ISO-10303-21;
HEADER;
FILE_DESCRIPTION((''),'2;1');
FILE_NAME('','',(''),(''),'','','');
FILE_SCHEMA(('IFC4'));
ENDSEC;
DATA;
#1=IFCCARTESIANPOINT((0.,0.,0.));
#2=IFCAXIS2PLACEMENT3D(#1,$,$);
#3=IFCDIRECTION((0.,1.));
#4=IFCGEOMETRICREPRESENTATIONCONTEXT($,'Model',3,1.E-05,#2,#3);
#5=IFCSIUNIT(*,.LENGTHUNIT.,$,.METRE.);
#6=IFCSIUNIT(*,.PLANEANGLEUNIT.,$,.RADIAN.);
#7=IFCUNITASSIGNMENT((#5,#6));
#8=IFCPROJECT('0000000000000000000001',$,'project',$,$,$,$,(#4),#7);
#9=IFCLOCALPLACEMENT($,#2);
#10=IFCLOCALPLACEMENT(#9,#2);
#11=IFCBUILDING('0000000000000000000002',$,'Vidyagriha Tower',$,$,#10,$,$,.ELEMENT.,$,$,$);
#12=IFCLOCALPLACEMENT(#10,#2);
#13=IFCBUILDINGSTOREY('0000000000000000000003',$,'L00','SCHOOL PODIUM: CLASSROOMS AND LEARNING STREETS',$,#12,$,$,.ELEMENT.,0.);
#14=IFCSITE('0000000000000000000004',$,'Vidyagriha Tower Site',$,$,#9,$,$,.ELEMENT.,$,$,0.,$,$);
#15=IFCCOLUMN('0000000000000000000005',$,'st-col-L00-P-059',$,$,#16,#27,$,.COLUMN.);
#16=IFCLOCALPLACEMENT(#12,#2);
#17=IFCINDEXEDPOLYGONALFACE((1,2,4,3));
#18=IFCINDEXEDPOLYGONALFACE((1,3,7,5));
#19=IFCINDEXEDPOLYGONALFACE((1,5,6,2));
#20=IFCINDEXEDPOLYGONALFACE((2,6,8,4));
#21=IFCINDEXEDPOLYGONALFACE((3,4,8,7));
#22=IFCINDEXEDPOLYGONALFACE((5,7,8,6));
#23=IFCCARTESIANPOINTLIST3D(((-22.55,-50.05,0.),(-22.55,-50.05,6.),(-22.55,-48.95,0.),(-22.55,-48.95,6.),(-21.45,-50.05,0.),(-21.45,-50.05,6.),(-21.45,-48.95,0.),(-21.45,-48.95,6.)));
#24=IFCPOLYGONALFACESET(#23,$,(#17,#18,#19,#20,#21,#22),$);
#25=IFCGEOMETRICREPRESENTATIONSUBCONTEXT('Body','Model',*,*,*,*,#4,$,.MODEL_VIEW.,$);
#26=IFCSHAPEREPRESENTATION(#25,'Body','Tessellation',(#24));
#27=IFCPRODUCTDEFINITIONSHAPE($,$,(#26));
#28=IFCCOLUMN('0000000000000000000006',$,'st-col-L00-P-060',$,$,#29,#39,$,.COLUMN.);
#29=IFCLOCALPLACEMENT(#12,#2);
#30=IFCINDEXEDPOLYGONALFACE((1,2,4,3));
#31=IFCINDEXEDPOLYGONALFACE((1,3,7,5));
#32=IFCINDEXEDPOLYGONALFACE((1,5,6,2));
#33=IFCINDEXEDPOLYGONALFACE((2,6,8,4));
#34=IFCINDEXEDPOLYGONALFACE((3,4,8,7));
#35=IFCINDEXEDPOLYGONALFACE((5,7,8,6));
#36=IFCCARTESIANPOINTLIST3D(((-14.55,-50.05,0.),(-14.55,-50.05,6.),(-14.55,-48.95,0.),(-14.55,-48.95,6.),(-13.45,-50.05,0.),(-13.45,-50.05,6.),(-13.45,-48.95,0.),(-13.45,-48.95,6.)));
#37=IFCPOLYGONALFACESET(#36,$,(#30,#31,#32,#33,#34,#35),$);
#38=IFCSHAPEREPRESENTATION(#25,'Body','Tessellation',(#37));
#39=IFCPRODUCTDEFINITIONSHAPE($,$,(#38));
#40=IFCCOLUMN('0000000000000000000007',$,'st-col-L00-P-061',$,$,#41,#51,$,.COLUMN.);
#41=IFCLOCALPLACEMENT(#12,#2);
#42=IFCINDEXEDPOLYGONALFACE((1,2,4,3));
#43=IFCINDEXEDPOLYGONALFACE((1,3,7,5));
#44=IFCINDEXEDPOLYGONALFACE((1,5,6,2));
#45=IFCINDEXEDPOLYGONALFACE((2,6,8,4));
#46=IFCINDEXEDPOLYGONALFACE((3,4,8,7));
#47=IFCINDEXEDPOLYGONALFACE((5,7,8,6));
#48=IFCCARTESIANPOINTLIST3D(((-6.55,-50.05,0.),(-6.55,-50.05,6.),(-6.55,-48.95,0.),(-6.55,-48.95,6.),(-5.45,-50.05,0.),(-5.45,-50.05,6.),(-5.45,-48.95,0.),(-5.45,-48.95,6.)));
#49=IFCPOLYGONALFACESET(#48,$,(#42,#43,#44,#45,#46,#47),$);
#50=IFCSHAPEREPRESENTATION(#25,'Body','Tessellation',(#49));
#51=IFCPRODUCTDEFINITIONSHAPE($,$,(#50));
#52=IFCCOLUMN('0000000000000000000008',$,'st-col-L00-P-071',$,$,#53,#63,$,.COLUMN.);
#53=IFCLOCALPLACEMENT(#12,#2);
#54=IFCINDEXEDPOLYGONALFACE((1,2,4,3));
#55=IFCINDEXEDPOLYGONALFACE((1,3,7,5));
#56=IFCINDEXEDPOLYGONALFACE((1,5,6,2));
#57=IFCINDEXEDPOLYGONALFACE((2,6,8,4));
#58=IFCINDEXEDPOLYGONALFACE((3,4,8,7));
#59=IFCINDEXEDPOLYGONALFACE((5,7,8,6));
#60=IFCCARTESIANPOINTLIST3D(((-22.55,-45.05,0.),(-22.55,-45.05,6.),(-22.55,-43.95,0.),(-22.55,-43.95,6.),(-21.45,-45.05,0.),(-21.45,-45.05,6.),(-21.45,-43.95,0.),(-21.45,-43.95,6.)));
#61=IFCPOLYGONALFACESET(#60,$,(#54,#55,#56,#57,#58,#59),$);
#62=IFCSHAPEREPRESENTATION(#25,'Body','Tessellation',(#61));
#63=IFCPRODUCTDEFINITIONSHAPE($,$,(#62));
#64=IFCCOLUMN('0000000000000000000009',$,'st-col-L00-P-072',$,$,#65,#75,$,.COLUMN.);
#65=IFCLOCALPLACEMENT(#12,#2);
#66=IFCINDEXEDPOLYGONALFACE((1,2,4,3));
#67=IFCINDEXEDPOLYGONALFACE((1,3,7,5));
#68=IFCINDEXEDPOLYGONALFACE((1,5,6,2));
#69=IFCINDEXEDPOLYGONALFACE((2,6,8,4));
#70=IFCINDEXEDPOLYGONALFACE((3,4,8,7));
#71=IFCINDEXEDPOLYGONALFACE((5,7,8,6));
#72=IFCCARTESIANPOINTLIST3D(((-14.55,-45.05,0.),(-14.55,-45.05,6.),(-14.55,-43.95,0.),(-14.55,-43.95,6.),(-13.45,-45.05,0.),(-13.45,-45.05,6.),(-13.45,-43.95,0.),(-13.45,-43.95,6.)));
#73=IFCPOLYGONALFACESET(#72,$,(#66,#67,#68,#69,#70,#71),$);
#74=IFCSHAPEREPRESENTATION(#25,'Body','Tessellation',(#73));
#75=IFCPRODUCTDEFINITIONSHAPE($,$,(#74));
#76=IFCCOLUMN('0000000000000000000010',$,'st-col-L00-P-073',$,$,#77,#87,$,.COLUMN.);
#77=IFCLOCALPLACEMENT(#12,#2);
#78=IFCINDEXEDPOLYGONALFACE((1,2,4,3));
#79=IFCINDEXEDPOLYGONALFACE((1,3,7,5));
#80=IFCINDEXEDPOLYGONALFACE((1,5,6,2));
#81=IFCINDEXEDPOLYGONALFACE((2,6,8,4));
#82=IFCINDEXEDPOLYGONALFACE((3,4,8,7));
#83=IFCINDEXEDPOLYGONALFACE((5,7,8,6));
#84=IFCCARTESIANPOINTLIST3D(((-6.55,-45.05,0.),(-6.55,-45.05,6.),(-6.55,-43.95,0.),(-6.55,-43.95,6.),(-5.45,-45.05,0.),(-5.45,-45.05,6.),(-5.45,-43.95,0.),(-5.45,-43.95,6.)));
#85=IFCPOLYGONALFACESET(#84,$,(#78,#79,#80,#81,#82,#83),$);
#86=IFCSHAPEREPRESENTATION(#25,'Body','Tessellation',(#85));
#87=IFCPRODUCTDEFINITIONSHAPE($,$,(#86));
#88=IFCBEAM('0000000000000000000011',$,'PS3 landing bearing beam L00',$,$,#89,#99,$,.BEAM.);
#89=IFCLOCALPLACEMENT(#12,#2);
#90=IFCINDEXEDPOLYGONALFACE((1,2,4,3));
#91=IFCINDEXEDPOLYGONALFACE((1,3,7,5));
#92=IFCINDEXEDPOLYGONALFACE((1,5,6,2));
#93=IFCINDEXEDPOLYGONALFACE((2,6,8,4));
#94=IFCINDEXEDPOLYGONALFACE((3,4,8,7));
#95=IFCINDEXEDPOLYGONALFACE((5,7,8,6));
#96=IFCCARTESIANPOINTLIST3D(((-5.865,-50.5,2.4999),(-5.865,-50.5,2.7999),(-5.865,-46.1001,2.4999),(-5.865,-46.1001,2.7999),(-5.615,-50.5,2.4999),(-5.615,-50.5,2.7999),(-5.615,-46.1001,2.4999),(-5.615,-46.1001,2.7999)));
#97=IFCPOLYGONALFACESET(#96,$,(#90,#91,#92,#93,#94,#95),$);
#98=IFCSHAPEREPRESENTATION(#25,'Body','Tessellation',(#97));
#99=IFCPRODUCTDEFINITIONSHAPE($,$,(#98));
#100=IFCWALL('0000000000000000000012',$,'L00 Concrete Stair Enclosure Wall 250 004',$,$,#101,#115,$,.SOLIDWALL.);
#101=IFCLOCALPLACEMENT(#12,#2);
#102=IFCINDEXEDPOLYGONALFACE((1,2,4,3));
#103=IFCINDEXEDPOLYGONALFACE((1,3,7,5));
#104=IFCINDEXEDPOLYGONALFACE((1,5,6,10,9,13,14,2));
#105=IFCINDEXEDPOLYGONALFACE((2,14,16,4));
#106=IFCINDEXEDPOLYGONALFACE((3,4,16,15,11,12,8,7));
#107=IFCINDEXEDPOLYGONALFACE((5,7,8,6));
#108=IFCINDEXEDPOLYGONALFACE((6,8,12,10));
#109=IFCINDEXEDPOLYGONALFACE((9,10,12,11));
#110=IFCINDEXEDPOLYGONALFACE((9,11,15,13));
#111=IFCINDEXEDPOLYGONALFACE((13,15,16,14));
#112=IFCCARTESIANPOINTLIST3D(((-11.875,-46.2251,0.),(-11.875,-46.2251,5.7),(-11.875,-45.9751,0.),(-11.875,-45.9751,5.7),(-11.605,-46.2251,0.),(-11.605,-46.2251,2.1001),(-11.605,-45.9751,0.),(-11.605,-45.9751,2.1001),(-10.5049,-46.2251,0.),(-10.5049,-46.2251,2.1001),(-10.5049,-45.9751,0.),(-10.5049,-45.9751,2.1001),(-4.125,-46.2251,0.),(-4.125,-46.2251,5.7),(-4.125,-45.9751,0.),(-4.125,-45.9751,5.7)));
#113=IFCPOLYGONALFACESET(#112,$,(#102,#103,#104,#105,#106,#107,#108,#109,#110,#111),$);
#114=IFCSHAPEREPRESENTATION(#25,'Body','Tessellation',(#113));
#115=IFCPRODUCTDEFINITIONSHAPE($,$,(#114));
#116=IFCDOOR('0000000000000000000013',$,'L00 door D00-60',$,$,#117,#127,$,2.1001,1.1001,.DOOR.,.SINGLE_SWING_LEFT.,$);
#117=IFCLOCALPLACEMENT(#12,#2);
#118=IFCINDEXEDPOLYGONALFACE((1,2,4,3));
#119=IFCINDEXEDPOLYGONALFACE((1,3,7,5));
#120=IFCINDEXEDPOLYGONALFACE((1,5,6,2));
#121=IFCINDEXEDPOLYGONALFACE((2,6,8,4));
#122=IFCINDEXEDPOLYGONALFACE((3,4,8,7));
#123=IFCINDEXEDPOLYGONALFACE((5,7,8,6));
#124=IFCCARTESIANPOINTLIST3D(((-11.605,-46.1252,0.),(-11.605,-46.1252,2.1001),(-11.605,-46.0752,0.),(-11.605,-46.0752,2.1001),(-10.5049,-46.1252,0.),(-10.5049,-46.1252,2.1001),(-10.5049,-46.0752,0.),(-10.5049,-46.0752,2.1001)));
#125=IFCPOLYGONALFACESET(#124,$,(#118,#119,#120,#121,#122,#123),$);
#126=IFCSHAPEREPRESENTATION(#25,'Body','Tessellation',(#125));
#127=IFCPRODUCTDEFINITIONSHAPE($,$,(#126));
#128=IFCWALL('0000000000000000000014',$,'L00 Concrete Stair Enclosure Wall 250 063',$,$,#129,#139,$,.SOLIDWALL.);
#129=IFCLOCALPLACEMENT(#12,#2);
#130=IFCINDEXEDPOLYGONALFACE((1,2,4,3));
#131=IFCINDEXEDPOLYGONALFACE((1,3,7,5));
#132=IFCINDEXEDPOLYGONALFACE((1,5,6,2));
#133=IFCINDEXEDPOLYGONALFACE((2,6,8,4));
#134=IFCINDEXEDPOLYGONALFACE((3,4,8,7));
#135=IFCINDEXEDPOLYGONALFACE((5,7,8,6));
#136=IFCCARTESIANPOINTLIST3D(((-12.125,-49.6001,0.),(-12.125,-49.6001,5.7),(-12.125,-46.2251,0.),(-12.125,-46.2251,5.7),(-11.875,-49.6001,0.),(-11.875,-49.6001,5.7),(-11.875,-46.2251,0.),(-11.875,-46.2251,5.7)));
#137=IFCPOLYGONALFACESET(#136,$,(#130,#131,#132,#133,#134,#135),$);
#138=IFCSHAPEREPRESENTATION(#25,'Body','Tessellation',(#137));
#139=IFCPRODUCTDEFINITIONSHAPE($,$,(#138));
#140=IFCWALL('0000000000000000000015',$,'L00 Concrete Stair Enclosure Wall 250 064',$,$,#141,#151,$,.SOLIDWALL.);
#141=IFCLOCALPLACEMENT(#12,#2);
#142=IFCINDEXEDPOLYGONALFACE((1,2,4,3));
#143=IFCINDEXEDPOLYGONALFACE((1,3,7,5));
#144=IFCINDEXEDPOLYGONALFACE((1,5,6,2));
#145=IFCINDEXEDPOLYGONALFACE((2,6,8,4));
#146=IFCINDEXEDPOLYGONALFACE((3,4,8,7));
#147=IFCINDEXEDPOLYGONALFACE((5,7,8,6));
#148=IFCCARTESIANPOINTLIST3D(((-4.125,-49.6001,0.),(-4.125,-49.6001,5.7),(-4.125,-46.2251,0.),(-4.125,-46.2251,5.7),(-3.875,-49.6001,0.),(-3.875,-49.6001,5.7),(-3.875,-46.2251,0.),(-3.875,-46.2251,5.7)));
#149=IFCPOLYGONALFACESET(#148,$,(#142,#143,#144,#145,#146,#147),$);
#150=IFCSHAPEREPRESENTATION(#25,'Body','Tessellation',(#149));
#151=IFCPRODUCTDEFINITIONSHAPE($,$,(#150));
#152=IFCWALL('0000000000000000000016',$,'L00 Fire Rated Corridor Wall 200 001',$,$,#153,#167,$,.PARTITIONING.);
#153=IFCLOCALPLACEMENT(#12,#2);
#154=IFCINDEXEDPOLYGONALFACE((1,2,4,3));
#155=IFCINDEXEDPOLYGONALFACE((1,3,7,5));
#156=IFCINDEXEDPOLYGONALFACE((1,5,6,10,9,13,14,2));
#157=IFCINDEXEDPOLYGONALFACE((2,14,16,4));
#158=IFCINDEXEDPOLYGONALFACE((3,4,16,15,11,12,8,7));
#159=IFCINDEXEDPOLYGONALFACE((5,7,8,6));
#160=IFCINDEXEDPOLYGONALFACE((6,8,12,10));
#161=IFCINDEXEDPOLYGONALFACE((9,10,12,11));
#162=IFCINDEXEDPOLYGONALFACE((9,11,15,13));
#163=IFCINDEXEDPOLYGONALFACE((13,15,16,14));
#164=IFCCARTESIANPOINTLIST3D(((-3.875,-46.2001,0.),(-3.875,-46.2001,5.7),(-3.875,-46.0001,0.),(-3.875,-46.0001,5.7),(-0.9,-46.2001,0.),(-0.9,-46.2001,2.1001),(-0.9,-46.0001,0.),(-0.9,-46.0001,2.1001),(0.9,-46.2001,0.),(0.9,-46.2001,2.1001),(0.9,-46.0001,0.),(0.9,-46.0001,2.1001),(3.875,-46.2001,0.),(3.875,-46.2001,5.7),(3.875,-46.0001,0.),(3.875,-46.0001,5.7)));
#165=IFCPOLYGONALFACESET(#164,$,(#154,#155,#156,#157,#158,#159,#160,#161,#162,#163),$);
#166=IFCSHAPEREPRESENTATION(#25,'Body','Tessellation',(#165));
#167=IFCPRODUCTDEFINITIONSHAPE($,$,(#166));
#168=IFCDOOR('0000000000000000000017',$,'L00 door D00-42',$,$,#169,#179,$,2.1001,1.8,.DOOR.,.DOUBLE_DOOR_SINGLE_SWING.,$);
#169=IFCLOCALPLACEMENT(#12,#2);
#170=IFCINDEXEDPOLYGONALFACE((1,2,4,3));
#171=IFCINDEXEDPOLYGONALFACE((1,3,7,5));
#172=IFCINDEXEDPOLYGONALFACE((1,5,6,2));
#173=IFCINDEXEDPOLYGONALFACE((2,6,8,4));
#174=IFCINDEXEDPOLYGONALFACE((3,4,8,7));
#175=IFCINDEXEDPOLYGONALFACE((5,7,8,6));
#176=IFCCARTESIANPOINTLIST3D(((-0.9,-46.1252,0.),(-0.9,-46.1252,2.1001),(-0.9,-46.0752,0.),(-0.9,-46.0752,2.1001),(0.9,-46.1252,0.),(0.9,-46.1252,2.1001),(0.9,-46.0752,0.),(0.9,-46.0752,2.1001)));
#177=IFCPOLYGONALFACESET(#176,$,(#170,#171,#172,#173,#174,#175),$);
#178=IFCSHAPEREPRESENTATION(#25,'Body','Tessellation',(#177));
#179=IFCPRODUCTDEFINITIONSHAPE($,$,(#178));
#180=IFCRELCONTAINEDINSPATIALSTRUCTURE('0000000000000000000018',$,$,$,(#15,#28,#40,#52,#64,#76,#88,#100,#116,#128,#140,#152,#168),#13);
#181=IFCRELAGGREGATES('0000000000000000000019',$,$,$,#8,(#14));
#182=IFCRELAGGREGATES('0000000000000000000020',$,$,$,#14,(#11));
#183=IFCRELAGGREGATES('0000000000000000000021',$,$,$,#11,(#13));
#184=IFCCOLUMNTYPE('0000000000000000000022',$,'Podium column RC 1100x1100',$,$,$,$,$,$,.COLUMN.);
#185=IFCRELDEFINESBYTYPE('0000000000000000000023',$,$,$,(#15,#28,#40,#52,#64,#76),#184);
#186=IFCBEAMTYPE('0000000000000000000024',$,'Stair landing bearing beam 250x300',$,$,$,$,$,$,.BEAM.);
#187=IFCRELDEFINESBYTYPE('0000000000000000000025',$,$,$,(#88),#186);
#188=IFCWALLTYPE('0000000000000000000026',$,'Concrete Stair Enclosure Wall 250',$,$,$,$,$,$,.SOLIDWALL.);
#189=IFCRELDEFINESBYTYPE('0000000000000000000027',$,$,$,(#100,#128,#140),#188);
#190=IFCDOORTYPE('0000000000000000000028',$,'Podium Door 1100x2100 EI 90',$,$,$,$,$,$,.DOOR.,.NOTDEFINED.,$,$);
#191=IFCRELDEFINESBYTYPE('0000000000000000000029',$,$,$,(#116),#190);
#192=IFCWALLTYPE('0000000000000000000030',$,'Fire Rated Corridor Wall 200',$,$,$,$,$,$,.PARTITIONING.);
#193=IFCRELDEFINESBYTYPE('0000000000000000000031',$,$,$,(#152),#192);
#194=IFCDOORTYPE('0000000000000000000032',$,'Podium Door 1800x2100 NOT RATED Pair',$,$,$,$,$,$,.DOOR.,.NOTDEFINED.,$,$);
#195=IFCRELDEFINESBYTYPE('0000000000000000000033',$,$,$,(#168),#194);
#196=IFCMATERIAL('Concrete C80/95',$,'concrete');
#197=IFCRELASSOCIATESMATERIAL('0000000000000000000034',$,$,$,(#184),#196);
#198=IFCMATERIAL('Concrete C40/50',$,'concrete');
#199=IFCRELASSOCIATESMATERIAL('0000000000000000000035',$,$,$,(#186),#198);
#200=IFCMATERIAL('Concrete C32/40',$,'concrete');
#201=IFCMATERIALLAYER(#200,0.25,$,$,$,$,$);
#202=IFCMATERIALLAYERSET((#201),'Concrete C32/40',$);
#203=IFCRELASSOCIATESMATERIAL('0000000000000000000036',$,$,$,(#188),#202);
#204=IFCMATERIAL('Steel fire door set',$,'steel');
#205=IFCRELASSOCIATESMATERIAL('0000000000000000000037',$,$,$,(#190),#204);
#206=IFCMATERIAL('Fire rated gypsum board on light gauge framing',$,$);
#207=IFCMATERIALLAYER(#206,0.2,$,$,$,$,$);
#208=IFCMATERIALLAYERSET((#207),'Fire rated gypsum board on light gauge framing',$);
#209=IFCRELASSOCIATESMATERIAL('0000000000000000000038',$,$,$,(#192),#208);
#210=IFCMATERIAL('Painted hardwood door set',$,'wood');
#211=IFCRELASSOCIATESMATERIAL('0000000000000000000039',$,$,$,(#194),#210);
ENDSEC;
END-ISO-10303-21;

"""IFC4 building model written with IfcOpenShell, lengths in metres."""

from ifc_helpers import new_model, si_unit, direction, frame, frame_2d, origin, origin_2d, place, context, subcontext, project, spatial, rectangle, extrude, material, layer, layer_set, material_profile, profile_set, type_object, element, fill, save


model = new_model("IFC4")

# Units and contexts
model_context = context("Model", 3, precision=1e-05, world=origin(), true_north=direction((0.0, 1.0)))
body_context = subcontext(model_context, "Body", "Model", "MODEL_VIEW")
ifc_project = project(units=[si_unit("LENGTHUNIT", "METRE"), si_unit("PLANEANGLEUNIT", "RADIAN")], contexts=[model_context])

# Site, building, storey
site_placement = place(None, origin())
site = spatial("IfcSite", under=ifc_project, at=site_placement, Name="Vidyagriha Tower Site", CompositionType="ELEMENT", RefElevation=0.0)
building_placement = place(site_placement, origin())
building = spatial("IfcBuilding", under=site, at=building_placement, Name="Vidyagriha Tower", CompositionType="ELEMENT")
storey_placement = place(building_placement, origin())
storey = spatial("IfcBuildingStorey", under=building, at=storey_placement, Name="L00", Description="SCHOOL PODIUM: CLASSROOMS AND LEARNING STREETS", CompositionType="ELEMENT", Elevation=0.0)

# Columns
ifc_material_1 = material(Name="Concrete C80/95", Category="concrete")
ifc_material_profile_1 = material_profile(ifc_material_1, rectangle(XDim=1.1001, YDim=1.1001, at=origin_2d()), Name="RC 1100x1100")
ifc_profile_set_1 = profile_set([ifc_material_profile_1], Name="Concrete C80/95")
column_type = type_object("IfcColumnType", Name="Podium column RC 1100x1100", PredefinedType="COLUMN", material=ifc_profile_set_1)
for number, where, name in (
    (1, (-22.0, -49.5, 0.0), "st-col-L00-P-059"),
    (2, (-14.0, -49.5, 0.0), "st-col-L00-P-060"),
    (3, (-6.0, -49.5, 0.0), "st-col-L00-P-061"),
    (4, (-22.0, -44.5, 0.0), "st-col-L00-P-071"),
    (5, (-14.0, -44.5, 0.0), "st-col-L00-P-072"),
    (6, (-6.0, -44.5, 0.0), "st-col-L00-P-073"),
):
    element("IfcColumn", number, at=place(storey_placement, frame(where)), inside=storey, type_object=column_type, Name=name, PredefinedType="COLUMN", context=body_context, shape_type="SweptSolid", body=[
        extrude(rectangle(XDim=1.1001, YDim=1.1001, at=origin_2d()), origin(), (0.0, 0.0, 1.0), 6.0),
    ])

# Beam
ifc_material_2 = material(Name="Concrete C40/50", Category="concrete")
ifc_material_profile_2 = material_profile(ifc_material_2, rectangle(XDim=0.25, YDim=0.3, at=origin_2d()), Name="Stair landing bearing beam 250x300")
ifc_profile_set_2 = profile_set([ifc_material_profile_2], Name="Concrete C40/50")
beam_type = type_object("IfcBeamType", Name="Stair landing bearing beam 250x300", PredefinedType="BEAM", material=ifc_profile_set_2)
beam_placement = place(storey_placement, frame((-5.74, -50.5, 2.6499), z_axis=(0.0, 1.0, 0.0), x_axis=(-1.0, 0.0, 0.0)))
element("IfcBeam", 7, at=beam_placement, inside=storey, type_object=beam_type, Name="PS3 landing bearing beam L00", PredefinedType="BEAM", context=body_context, shape_type="SweptSolid", body=[
    extrude(rectangle(XDim=0.25, YDim=0.3, at=origin_2d()), origin(), (0.0, 0.0, 1.0), 4.3999),
])

# Wall, opening, door
ifc_material_3 = material(Name="Concrete C32/40", Category="concrete")
ifc_layer_1 = layer(ifc_material_3, 0.25)
ifc_layer_set_1 = layer_set([ifc_layer_1], Name="Concrete C32/40")
wall_type_1 = type_object("IfcWallType", Name="Concrete Stair Enclosure Wall 250", PredefinedType="SOLIDWALL", material=ifc_layer_set_1)
wall_1_placement = place(storey_placement, frame((-11.875, -46.1001, 0.0)))
wall_1 = element("IfcWall", 8, at=wall_1_placement, inside=storey, type_object=wall_type_1, Name="L00 Concrete Stair Enclosure Wall 250 004", PredefinedType="SOLIDWALL", context=body_context, shape_type="SweptSolid", body=[
    extrude(rectangle(XDim=7.75, YDim=0.25, at=frame_2d((3.875, 0.0))), origin(), (0.0, 0.0, 1.0), 5.7),
])
opening_1_placement = place(wall_1_placement, frame((0.27, 0.0, 0.0)))
opening_1 = element("IfcOpeningElement", 9, at=opening_1_placement, cuts=wall_1, PredefinedType="OPENING", context=body_context, shape_type="SweptSolid", body=[
    extrude(rectangle(XDim=1.1001, YDim=2.1001, at=frame_2d((0.55, 1.05))), frame((0.0, 0.135, 0.0), z_axis=(0.0, -1.0, 0.0), x_axis=(1.0, 0.0, 0.0)), (0.0, 0.0, 1.0), 0.27),
])
ifc_material_4 = material(Name="Steel fire door set", Category="steel")
door_type_1 = type_object("IfcDoorType", Name="Podium Door 1100x2100 EI 90", OperationType="NOTDEFINED", PredefinedType="DOOR", material=ifc_material_4)
door_1_placement = place(opening_1_placement, origin())
door_1 = element("IfcDoor", 10, at=door_1_placement, inside=storey, type_object=door_type_1, Name="L00 door D00-60", OperationType="SINGLE_SWING_LEFT", OverallHeight=2.1001, OverallWidth=1.1001, PredefinedType="DOOR", context=body_context, shape_type="SweptSolid", body=[
    extrude(rectangle(XDim=1.1001, YDim=2.1001, at=frame_2d((0.55, 1.05))), frame((0.0, 0.0249, 0.0), z_axis=(0.0, -1.0, 0.0), x_axis=(1.0, 0.0, 0.0)), (0.0, 0.0, 1.0), 0.05),
])
fill(opening_1, door_1)

# Walls
for number, where, z_axis, x_axis, name in (
    (11, (-12.0, -49.6001, 0.0), (0.0, 0.0, 1.0), (0.0, 1.0, 0.0), "L00 Concrete Stair Enclosure Wall 250 063"),
    (12, (-4.0, -49.6001, 0.0), (0.0, 0.0, 1.0), (0.0, 1.0, 0.0), "L00 Concrete Stair Enclosure Wall 250 064"),
):
    element("IfcWall", number, at=place(storey_placement, frame(where, z_axis=z_axis, x_axis=x_axis)), inside=storey, type_object=wall_type_1, Name=name, PredefinedType="SOLIDWALL", context=body_context, shape_type="SweptSolid", body=[
        extrude(rectangle(XDim=3.375, YDim=0.25, at=frame_2d((1.6875, 0.0))), origin(), (0.0, 0.0, 1.0), 5.7),
    ])

# Wall, opening, door
ifc_material_5 = material(Name="Fire rated gypsum board on light gauge framing")
ifc_layer_2 = layer(ifc_material_5, 0.2)
ifc_layer_set_2 = layer_set([ifc_layer_2], Name="Fire rated gypsum board on light gauge framing")
wall_type_2 = type_object("IfcWallType", Name="Fire Rated Corridor Wall 200", PredefinedType="PARTITIONING", material=ifc_layer_set_2)
wall_2_placement = place(storey_placement, frame((-3.875, -46.1001, 0.0)))
wall_2 = element("IfcWall", 13, at=wall_2_placement, inside=storey, type_object=wall_type_2, Name="L00 Fire Rated Corridor Wall 200 001", PredefinedType="PARTITIONING", context=body_context, shape_type="SweptSolid", body=[
    extrude(rectangle(XDim=7.75, YDim=0.2, at=frame_2d((3.875, 0.0))), origin(), (0.0, 0.0, 1.0), 5.7),
])
opening_2_placement = place(wall_2_placement, frame((2.9751, 0.0, 0.0)))
opening_2 = element("IfcOpeningElement", 14, at=opening_2_placement, cuts=wall_2, PredefinedType="OPENING", context=body_context, shape_type="SweptSolid", body=[
    extrude(rectangle(XDim=1.8, YDim=2.1001, at=frame_2d((0.8999, 1.05))), frame((0.0, 0.1099, 0.0), z_axis=(0.0, -1.0, 0.0), x_axis=(1.0, 0.0, 0.0)), (0.0, 0.0, 1.0), 0.22),
])
ifc_material_6 = material(Name="Painted hardwood door set", Category="wood")
door_type_2 = type_object("IfcDoorType", Name="Podium Door 1800x2100 NOT RATED Pair", OperationType="NOTDEFINED", PredefinedType="DOOR", material=ifc_material_6)
door_2_placement = place(opening_2_placement, origin())
door_2 = element("IfcDoor", 15, at=door_2_placement, inside=storey, type_object=door_type_2, Name="L00 door D00-42", OperationType="DOUBLE_DOOR_SINGLE_SWING", OverallHeight=2.1001, OverallWidth=1.8, PredefinedType="DOOR", context=body_context, shape_type="SweptSolid", body=[
    extrude(rectangle(XDim=1.8, YDim=2.1001, at=frame_2d((0.8999, 1.05))), frame((0.0, 0.0249, 0.0), z_axis=(0.0, -1.0, 0.0), x_axis=(1.0, 0.0, 0.0)), (0.0, 0.0, 1.0), 0.05),
])
fill(opening_2, door_2)

save(model, "model.ifc")
